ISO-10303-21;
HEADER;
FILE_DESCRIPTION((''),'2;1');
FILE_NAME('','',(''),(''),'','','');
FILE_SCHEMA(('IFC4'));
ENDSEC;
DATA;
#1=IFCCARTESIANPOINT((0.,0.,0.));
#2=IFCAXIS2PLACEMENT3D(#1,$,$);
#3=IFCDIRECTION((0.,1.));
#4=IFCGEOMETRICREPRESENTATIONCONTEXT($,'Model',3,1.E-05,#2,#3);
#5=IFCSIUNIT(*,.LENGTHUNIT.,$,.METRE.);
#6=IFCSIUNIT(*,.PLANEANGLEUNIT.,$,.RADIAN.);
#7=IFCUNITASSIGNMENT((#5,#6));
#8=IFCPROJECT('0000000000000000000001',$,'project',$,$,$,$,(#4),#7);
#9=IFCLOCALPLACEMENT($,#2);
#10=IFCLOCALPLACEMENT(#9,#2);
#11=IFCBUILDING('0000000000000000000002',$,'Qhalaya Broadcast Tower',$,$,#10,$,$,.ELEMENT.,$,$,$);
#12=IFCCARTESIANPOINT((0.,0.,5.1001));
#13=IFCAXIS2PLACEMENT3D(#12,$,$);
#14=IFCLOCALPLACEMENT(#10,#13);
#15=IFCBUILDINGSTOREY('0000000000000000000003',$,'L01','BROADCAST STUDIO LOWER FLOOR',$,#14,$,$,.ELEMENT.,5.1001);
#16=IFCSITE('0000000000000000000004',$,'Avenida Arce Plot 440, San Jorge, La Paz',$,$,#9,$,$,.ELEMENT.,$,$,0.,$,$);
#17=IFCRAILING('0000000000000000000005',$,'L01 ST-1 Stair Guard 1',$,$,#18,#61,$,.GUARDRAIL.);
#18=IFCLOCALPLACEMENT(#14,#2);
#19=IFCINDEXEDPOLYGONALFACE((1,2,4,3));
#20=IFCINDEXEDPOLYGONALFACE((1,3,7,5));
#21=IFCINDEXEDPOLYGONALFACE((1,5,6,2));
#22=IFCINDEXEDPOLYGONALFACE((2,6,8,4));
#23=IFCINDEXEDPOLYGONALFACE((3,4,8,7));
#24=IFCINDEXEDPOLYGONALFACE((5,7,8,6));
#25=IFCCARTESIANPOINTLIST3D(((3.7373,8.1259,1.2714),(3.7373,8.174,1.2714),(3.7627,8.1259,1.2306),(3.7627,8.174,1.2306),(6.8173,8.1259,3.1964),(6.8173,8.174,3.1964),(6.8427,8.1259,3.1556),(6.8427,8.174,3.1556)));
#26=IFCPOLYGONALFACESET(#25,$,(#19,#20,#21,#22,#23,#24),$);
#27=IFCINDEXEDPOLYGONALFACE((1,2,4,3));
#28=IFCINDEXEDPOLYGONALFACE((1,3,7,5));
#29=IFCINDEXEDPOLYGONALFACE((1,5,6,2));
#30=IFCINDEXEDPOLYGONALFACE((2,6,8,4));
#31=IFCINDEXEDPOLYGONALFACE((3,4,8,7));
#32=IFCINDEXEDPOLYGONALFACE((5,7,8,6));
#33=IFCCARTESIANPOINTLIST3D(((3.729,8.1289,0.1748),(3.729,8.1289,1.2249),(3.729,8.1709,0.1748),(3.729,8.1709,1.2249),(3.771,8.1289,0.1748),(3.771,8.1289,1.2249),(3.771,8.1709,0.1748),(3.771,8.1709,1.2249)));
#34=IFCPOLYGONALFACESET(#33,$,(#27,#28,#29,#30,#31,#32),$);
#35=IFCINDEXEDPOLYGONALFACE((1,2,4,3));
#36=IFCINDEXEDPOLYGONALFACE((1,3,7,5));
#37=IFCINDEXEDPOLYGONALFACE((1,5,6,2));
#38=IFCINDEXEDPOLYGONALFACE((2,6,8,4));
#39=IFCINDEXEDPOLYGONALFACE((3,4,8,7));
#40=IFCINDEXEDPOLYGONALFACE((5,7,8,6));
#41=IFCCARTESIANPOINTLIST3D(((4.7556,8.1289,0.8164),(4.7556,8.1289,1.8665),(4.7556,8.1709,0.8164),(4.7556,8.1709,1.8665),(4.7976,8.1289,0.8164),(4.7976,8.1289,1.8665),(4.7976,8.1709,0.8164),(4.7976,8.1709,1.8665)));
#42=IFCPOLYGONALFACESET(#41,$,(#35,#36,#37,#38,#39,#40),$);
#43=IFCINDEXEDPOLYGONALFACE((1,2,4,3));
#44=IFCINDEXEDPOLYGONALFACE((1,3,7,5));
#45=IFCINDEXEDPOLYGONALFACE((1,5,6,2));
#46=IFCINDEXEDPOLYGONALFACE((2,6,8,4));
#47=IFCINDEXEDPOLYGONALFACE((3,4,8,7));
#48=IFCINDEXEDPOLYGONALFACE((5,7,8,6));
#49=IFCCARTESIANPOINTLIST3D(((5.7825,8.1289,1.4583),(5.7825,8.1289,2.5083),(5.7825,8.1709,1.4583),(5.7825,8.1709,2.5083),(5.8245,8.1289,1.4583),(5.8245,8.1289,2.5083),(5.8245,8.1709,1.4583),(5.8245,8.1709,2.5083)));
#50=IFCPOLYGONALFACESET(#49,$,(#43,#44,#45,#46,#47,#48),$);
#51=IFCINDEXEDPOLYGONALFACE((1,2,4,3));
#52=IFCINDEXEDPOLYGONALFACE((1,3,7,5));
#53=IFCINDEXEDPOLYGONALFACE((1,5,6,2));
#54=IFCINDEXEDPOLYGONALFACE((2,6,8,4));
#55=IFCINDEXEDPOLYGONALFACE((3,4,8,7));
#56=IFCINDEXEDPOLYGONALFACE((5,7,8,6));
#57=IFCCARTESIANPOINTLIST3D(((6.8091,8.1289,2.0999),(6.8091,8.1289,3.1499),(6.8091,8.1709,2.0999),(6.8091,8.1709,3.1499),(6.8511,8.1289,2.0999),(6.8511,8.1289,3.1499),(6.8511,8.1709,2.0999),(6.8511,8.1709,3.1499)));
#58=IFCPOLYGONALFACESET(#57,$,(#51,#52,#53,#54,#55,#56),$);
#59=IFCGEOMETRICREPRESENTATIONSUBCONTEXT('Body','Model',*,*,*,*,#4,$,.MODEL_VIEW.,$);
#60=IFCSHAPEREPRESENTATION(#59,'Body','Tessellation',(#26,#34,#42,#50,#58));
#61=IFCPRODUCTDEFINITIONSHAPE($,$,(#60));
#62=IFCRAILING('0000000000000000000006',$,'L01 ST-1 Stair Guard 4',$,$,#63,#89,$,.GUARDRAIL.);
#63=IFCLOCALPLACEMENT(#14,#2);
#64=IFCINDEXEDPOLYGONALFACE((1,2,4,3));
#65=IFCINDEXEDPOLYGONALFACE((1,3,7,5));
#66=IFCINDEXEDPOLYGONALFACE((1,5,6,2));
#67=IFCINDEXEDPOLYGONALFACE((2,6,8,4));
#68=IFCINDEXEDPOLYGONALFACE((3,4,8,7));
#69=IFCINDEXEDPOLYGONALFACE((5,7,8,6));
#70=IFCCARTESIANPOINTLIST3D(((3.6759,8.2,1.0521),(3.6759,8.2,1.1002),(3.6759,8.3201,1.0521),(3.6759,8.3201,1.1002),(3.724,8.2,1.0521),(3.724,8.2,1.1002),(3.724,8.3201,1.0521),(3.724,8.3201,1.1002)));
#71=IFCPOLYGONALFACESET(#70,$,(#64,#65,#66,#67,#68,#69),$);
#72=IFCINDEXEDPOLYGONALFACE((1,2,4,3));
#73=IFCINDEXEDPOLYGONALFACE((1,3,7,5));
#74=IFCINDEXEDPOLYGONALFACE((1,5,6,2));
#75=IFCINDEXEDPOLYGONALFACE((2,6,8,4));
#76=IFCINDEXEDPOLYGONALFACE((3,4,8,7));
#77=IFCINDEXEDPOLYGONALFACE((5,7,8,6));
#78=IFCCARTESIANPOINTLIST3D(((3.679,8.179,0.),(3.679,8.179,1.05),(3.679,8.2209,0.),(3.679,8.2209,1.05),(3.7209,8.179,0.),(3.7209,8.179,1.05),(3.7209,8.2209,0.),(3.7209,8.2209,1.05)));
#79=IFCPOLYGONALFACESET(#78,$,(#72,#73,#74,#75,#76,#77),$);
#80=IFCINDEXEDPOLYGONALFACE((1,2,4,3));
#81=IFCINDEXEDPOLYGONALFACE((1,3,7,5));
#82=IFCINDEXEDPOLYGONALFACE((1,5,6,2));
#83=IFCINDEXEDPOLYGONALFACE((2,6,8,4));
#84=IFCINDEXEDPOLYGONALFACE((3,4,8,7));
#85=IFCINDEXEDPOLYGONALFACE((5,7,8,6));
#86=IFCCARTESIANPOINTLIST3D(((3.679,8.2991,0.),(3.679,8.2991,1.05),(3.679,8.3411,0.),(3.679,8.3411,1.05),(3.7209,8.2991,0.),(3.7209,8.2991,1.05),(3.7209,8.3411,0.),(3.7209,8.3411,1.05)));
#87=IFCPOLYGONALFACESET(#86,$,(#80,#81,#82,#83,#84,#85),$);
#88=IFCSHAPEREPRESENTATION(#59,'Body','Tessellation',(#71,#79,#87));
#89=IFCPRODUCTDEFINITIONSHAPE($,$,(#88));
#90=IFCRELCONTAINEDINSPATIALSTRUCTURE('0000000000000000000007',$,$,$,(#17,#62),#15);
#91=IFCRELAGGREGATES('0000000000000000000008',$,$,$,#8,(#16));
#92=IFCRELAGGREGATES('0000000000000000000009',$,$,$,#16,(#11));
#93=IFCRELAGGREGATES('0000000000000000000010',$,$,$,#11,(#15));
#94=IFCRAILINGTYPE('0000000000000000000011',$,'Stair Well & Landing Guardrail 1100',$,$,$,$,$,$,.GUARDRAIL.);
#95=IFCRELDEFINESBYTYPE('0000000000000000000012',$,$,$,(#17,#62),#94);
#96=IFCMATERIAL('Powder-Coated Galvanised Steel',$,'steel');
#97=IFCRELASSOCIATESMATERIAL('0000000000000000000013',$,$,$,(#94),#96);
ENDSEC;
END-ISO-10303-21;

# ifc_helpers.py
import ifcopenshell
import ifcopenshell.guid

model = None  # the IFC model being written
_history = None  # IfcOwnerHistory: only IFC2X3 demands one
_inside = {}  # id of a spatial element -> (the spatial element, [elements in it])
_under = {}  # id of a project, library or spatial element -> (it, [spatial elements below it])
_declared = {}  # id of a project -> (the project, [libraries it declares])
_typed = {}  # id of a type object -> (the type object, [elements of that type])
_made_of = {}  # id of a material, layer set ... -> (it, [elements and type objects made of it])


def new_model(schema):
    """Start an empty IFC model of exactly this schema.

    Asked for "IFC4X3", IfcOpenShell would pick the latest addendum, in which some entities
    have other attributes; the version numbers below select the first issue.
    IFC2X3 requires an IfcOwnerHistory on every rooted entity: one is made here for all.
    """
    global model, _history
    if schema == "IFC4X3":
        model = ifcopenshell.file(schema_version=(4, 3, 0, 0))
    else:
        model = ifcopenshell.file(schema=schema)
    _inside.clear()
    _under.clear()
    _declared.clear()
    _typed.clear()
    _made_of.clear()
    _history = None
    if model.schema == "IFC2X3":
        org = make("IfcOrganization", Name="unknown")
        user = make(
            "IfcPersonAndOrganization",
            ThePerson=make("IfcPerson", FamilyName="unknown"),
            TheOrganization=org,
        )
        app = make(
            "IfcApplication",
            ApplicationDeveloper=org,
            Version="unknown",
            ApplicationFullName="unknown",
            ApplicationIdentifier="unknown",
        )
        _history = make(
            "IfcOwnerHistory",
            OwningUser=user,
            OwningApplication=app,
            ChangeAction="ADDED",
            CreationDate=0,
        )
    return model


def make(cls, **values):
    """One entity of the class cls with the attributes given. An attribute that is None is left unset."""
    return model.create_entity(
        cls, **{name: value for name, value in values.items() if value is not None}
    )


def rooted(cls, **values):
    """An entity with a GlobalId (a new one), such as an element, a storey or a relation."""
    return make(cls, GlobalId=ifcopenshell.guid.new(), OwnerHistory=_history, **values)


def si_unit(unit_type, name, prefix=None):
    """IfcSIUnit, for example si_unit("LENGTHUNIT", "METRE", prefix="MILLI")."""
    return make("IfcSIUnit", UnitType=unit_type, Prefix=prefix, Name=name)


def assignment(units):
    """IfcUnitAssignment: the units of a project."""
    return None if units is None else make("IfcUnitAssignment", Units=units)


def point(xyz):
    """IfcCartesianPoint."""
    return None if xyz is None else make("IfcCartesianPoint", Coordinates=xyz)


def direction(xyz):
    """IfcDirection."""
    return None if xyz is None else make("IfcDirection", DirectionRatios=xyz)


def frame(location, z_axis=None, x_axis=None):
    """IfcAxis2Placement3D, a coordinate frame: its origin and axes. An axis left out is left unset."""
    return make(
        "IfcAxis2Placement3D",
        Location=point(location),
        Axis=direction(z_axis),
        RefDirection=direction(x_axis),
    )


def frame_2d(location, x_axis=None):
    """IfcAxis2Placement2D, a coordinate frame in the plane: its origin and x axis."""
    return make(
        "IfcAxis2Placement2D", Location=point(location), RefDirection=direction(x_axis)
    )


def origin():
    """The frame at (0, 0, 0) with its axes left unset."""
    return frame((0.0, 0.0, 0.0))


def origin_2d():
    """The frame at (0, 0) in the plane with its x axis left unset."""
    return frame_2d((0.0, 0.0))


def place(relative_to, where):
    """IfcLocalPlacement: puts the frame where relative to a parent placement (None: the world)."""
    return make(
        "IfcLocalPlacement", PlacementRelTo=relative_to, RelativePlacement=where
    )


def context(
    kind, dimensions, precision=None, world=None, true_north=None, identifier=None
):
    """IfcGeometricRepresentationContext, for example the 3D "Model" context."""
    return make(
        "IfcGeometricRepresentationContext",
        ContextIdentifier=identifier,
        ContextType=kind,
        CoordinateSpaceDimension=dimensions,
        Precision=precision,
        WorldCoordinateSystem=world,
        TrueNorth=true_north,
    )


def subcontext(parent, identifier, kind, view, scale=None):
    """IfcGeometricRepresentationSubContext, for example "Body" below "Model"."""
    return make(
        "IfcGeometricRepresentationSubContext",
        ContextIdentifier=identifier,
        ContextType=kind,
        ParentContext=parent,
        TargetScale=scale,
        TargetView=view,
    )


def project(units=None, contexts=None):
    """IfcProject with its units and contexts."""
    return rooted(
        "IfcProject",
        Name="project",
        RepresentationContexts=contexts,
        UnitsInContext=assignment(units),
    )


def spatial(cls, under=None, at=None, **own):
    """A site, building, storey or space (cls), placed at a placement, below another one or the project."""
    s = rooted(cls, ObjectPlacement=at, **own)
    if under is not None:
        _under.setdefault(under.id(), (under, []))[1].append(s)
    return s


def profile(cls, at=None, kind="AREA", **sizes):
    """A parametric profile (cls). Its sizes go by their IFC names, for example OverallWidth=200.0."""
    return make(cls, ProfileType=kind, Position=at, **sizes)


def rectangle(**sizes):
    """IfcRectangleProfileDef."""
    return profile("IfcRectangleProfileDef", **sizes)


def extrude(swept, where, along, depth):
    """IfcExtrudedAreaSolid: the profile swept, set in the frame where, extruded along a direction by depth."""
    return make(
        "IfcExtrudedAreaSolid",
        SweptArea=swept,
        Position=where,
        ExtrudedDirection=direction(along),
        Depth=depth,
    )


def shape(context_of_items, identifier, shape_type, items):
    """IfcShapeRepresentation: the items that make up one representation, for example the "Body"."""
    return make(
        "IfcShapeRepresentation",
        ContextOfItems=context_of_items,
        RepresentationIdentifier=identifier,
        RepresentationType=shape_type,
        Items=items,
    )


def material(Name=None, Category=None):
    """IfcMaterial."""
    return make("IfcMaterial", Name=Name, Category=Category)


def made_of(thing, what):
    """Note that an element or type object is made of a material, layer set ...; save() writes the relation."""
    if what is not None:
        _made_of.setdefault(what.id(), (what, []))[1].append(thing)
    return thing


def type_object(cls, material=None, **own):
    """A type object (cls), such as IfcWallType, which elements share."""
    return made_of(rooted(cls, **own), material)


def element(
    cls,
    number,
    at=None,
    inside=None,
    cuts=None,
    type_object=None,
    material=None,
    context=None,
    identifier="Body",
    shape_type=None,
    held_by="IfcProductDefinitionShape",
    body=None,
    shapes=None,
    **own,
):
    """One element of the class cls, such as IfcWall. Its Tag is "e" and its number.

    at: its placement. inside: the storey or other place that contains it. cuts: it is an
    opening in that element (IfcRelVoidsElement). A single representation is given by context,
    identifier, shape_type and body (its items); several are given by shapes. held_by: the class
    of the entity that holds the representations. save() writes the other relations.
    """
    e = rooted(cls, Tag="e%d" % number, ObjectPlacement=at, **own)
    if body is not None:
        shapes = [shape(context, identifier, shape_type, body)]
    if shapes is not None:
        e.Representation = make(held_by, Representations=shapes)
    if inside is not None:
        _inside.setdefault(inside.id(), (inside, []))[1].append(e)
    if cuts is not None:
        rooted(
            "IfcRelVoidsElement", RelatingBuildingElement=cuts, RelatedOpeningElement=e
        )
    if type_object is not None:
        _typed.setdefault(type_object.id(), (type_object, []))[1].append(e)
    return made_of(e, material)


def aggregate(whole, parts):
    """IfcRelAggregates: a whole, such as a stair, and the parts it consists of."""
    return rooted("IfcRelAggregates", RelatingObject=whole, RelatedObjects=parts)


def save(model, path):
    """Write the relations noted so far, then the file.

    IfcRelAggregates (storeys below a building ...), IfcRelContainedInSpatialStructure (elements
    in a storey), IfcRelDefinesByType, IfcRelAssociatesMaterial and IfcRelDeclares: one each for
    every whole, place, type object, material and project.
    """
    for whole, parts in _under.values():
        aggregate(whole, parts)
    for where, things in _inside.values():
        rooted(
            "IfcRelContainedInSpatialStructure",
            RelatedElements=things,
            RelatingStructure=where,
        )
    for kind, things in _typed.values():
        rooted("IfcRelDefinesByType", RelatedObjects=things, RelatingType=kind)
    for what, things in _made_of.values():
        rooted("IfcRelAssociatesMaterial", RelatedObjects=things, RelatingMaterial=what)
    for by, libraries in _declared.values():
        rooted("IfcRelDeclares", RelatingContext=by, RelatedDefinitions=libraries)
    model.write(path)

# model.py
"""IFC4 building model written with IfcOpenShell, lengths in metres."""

from ifc_helpers import new_model, si_unit, direction, frame, origin, origin_2d, place, context, subcontext, project, spatial, rectangle, extrude, material, type_object, element, save


model = new_model("IFC4")

# Units and contexts
model_context = context("Model", 3, precision=1e-05, world=origin(), true_north=direction((0.0, 1.0)))
body_context = subcontext(model_context, "Body", "Model", "MODEL_VIEW")
ifc_project = project(units=[si_unit("LENGTHUNIT", "METRE"), si_unit("PLANEANGLEUNIT", "RADIAN")], contexts=[model_context])

# Site, building, storey
site_placement = place(None, origin())
site = spatial("IfcSite", under=ifc_project, at=site_placement, Name="Avenida Arce Plot 440, San Jorge, La Paz", CompositionType="ELEMENT", RefElevation=0.0)
building_placement = place(site_placement, origin())
building = spatial("IfcBuilding", under=site, at=building_placement, Name="Qhalaya Broadcast Tower", CompositionType="ELEMENT")
storey_placement = place(building_placement, frame((0.0, 0.0, 5.1001)))
storey = spatial("IfcBuildingStorey", under=building, at=storey_placement, Name="L01", Description="BROADCAST STUDIO LOWER FLOOR", CompositionType="ELEMENT", Elevation=5.1001)

# Railings
ifc_material_1 = material(Name="Powder-Coated Galvanised Steel", Category="steel")
railing_type_1 = type_object("IfcRailingType", Name="Stair Well & Landing Guardrail 1100", PredefinedType="GUARDRAIL", material=ifc_material_1)
railing_1_placement = place(storey_placement, frame((3.75, 8.1499, 0.1748)))
element("IfcRailing", 1, at=railing_1_placement, inside=storey, type_object=railing_type_1, Name="L01 ST-1 Stair Guard 1", PredefinedType="GUARDRAIL", context=body_context, shape_type="SweptSolid", body=[
    extrude(rectangle(XDim=0.0481, YDim=0.0481, at=origin_2d()), frame((0.0, 0.0, 1.0762), z_axis=(0.847998, 0.0, 0.529999), x_axis=(0.0, 1.0, 0.0)), (0.0, 0.0, 1.0), 3.6321),
    extrude(rectangle(XDim=0.042, YDim=0.042, at=origin_2d()), origin(), (0.0, 0.0, 1.0), 1.05),
    extrude(rectangle(XDim=0.042, YDim=0.042, at=origin_2d()), frame((1.0266, 0.0, 0.6416)), (0.0, 0.0, 1.0), 1.05),
    extrude(rectangle(XDim=0.042, YDim=0.042, at=origin_2d()), frame((2.0535, 0.0, 1.2834)), (0.0, 0.0, 1.0), 1.05),
    extrude(rectangle(XDim=0.042, YDim=0.042, at=origin_2d()), frame((3.0801, 0.0, 1.925)), (0.0, 0.0, 1.0), 1.05),
])
railing_2_placement = place(storey_placement, frame((3.7, 8.2, 0.0)))
element("IfcRailing", 2, at=railing_2_placement, inside=storey, type_object=railing_type_1, Name="L01 ST-1 Stair Guard 4", PredefinedType="GUARDRAIL", context=body_context, shape_type="SweptSolid", body=[
    extrude(rectangle(XDim=0.0481, YDim=0.0481, at=origin_2d()), frame((0.0, 0.0, 1.0762), z_axis=(0.0, 1.0, 0.0), x_axis=(-1.0, 0.0, 0.0)), (0.0, 0.0, 1.0), 0.1201),
    extrude(rectangle(XDim=0.042, YDim=0.042, at=origin_2d()), origin(), (0.0, 0.0, 1.0), 1.05),
    extrude(rectangle(XDim=0.042, YDim=0.042, at=origin_2d()), frame((0.0, 0.1201, 0.0)), (0.0, 0.0, 1.0), 1.05),
])

save(model, "model.ifc")
